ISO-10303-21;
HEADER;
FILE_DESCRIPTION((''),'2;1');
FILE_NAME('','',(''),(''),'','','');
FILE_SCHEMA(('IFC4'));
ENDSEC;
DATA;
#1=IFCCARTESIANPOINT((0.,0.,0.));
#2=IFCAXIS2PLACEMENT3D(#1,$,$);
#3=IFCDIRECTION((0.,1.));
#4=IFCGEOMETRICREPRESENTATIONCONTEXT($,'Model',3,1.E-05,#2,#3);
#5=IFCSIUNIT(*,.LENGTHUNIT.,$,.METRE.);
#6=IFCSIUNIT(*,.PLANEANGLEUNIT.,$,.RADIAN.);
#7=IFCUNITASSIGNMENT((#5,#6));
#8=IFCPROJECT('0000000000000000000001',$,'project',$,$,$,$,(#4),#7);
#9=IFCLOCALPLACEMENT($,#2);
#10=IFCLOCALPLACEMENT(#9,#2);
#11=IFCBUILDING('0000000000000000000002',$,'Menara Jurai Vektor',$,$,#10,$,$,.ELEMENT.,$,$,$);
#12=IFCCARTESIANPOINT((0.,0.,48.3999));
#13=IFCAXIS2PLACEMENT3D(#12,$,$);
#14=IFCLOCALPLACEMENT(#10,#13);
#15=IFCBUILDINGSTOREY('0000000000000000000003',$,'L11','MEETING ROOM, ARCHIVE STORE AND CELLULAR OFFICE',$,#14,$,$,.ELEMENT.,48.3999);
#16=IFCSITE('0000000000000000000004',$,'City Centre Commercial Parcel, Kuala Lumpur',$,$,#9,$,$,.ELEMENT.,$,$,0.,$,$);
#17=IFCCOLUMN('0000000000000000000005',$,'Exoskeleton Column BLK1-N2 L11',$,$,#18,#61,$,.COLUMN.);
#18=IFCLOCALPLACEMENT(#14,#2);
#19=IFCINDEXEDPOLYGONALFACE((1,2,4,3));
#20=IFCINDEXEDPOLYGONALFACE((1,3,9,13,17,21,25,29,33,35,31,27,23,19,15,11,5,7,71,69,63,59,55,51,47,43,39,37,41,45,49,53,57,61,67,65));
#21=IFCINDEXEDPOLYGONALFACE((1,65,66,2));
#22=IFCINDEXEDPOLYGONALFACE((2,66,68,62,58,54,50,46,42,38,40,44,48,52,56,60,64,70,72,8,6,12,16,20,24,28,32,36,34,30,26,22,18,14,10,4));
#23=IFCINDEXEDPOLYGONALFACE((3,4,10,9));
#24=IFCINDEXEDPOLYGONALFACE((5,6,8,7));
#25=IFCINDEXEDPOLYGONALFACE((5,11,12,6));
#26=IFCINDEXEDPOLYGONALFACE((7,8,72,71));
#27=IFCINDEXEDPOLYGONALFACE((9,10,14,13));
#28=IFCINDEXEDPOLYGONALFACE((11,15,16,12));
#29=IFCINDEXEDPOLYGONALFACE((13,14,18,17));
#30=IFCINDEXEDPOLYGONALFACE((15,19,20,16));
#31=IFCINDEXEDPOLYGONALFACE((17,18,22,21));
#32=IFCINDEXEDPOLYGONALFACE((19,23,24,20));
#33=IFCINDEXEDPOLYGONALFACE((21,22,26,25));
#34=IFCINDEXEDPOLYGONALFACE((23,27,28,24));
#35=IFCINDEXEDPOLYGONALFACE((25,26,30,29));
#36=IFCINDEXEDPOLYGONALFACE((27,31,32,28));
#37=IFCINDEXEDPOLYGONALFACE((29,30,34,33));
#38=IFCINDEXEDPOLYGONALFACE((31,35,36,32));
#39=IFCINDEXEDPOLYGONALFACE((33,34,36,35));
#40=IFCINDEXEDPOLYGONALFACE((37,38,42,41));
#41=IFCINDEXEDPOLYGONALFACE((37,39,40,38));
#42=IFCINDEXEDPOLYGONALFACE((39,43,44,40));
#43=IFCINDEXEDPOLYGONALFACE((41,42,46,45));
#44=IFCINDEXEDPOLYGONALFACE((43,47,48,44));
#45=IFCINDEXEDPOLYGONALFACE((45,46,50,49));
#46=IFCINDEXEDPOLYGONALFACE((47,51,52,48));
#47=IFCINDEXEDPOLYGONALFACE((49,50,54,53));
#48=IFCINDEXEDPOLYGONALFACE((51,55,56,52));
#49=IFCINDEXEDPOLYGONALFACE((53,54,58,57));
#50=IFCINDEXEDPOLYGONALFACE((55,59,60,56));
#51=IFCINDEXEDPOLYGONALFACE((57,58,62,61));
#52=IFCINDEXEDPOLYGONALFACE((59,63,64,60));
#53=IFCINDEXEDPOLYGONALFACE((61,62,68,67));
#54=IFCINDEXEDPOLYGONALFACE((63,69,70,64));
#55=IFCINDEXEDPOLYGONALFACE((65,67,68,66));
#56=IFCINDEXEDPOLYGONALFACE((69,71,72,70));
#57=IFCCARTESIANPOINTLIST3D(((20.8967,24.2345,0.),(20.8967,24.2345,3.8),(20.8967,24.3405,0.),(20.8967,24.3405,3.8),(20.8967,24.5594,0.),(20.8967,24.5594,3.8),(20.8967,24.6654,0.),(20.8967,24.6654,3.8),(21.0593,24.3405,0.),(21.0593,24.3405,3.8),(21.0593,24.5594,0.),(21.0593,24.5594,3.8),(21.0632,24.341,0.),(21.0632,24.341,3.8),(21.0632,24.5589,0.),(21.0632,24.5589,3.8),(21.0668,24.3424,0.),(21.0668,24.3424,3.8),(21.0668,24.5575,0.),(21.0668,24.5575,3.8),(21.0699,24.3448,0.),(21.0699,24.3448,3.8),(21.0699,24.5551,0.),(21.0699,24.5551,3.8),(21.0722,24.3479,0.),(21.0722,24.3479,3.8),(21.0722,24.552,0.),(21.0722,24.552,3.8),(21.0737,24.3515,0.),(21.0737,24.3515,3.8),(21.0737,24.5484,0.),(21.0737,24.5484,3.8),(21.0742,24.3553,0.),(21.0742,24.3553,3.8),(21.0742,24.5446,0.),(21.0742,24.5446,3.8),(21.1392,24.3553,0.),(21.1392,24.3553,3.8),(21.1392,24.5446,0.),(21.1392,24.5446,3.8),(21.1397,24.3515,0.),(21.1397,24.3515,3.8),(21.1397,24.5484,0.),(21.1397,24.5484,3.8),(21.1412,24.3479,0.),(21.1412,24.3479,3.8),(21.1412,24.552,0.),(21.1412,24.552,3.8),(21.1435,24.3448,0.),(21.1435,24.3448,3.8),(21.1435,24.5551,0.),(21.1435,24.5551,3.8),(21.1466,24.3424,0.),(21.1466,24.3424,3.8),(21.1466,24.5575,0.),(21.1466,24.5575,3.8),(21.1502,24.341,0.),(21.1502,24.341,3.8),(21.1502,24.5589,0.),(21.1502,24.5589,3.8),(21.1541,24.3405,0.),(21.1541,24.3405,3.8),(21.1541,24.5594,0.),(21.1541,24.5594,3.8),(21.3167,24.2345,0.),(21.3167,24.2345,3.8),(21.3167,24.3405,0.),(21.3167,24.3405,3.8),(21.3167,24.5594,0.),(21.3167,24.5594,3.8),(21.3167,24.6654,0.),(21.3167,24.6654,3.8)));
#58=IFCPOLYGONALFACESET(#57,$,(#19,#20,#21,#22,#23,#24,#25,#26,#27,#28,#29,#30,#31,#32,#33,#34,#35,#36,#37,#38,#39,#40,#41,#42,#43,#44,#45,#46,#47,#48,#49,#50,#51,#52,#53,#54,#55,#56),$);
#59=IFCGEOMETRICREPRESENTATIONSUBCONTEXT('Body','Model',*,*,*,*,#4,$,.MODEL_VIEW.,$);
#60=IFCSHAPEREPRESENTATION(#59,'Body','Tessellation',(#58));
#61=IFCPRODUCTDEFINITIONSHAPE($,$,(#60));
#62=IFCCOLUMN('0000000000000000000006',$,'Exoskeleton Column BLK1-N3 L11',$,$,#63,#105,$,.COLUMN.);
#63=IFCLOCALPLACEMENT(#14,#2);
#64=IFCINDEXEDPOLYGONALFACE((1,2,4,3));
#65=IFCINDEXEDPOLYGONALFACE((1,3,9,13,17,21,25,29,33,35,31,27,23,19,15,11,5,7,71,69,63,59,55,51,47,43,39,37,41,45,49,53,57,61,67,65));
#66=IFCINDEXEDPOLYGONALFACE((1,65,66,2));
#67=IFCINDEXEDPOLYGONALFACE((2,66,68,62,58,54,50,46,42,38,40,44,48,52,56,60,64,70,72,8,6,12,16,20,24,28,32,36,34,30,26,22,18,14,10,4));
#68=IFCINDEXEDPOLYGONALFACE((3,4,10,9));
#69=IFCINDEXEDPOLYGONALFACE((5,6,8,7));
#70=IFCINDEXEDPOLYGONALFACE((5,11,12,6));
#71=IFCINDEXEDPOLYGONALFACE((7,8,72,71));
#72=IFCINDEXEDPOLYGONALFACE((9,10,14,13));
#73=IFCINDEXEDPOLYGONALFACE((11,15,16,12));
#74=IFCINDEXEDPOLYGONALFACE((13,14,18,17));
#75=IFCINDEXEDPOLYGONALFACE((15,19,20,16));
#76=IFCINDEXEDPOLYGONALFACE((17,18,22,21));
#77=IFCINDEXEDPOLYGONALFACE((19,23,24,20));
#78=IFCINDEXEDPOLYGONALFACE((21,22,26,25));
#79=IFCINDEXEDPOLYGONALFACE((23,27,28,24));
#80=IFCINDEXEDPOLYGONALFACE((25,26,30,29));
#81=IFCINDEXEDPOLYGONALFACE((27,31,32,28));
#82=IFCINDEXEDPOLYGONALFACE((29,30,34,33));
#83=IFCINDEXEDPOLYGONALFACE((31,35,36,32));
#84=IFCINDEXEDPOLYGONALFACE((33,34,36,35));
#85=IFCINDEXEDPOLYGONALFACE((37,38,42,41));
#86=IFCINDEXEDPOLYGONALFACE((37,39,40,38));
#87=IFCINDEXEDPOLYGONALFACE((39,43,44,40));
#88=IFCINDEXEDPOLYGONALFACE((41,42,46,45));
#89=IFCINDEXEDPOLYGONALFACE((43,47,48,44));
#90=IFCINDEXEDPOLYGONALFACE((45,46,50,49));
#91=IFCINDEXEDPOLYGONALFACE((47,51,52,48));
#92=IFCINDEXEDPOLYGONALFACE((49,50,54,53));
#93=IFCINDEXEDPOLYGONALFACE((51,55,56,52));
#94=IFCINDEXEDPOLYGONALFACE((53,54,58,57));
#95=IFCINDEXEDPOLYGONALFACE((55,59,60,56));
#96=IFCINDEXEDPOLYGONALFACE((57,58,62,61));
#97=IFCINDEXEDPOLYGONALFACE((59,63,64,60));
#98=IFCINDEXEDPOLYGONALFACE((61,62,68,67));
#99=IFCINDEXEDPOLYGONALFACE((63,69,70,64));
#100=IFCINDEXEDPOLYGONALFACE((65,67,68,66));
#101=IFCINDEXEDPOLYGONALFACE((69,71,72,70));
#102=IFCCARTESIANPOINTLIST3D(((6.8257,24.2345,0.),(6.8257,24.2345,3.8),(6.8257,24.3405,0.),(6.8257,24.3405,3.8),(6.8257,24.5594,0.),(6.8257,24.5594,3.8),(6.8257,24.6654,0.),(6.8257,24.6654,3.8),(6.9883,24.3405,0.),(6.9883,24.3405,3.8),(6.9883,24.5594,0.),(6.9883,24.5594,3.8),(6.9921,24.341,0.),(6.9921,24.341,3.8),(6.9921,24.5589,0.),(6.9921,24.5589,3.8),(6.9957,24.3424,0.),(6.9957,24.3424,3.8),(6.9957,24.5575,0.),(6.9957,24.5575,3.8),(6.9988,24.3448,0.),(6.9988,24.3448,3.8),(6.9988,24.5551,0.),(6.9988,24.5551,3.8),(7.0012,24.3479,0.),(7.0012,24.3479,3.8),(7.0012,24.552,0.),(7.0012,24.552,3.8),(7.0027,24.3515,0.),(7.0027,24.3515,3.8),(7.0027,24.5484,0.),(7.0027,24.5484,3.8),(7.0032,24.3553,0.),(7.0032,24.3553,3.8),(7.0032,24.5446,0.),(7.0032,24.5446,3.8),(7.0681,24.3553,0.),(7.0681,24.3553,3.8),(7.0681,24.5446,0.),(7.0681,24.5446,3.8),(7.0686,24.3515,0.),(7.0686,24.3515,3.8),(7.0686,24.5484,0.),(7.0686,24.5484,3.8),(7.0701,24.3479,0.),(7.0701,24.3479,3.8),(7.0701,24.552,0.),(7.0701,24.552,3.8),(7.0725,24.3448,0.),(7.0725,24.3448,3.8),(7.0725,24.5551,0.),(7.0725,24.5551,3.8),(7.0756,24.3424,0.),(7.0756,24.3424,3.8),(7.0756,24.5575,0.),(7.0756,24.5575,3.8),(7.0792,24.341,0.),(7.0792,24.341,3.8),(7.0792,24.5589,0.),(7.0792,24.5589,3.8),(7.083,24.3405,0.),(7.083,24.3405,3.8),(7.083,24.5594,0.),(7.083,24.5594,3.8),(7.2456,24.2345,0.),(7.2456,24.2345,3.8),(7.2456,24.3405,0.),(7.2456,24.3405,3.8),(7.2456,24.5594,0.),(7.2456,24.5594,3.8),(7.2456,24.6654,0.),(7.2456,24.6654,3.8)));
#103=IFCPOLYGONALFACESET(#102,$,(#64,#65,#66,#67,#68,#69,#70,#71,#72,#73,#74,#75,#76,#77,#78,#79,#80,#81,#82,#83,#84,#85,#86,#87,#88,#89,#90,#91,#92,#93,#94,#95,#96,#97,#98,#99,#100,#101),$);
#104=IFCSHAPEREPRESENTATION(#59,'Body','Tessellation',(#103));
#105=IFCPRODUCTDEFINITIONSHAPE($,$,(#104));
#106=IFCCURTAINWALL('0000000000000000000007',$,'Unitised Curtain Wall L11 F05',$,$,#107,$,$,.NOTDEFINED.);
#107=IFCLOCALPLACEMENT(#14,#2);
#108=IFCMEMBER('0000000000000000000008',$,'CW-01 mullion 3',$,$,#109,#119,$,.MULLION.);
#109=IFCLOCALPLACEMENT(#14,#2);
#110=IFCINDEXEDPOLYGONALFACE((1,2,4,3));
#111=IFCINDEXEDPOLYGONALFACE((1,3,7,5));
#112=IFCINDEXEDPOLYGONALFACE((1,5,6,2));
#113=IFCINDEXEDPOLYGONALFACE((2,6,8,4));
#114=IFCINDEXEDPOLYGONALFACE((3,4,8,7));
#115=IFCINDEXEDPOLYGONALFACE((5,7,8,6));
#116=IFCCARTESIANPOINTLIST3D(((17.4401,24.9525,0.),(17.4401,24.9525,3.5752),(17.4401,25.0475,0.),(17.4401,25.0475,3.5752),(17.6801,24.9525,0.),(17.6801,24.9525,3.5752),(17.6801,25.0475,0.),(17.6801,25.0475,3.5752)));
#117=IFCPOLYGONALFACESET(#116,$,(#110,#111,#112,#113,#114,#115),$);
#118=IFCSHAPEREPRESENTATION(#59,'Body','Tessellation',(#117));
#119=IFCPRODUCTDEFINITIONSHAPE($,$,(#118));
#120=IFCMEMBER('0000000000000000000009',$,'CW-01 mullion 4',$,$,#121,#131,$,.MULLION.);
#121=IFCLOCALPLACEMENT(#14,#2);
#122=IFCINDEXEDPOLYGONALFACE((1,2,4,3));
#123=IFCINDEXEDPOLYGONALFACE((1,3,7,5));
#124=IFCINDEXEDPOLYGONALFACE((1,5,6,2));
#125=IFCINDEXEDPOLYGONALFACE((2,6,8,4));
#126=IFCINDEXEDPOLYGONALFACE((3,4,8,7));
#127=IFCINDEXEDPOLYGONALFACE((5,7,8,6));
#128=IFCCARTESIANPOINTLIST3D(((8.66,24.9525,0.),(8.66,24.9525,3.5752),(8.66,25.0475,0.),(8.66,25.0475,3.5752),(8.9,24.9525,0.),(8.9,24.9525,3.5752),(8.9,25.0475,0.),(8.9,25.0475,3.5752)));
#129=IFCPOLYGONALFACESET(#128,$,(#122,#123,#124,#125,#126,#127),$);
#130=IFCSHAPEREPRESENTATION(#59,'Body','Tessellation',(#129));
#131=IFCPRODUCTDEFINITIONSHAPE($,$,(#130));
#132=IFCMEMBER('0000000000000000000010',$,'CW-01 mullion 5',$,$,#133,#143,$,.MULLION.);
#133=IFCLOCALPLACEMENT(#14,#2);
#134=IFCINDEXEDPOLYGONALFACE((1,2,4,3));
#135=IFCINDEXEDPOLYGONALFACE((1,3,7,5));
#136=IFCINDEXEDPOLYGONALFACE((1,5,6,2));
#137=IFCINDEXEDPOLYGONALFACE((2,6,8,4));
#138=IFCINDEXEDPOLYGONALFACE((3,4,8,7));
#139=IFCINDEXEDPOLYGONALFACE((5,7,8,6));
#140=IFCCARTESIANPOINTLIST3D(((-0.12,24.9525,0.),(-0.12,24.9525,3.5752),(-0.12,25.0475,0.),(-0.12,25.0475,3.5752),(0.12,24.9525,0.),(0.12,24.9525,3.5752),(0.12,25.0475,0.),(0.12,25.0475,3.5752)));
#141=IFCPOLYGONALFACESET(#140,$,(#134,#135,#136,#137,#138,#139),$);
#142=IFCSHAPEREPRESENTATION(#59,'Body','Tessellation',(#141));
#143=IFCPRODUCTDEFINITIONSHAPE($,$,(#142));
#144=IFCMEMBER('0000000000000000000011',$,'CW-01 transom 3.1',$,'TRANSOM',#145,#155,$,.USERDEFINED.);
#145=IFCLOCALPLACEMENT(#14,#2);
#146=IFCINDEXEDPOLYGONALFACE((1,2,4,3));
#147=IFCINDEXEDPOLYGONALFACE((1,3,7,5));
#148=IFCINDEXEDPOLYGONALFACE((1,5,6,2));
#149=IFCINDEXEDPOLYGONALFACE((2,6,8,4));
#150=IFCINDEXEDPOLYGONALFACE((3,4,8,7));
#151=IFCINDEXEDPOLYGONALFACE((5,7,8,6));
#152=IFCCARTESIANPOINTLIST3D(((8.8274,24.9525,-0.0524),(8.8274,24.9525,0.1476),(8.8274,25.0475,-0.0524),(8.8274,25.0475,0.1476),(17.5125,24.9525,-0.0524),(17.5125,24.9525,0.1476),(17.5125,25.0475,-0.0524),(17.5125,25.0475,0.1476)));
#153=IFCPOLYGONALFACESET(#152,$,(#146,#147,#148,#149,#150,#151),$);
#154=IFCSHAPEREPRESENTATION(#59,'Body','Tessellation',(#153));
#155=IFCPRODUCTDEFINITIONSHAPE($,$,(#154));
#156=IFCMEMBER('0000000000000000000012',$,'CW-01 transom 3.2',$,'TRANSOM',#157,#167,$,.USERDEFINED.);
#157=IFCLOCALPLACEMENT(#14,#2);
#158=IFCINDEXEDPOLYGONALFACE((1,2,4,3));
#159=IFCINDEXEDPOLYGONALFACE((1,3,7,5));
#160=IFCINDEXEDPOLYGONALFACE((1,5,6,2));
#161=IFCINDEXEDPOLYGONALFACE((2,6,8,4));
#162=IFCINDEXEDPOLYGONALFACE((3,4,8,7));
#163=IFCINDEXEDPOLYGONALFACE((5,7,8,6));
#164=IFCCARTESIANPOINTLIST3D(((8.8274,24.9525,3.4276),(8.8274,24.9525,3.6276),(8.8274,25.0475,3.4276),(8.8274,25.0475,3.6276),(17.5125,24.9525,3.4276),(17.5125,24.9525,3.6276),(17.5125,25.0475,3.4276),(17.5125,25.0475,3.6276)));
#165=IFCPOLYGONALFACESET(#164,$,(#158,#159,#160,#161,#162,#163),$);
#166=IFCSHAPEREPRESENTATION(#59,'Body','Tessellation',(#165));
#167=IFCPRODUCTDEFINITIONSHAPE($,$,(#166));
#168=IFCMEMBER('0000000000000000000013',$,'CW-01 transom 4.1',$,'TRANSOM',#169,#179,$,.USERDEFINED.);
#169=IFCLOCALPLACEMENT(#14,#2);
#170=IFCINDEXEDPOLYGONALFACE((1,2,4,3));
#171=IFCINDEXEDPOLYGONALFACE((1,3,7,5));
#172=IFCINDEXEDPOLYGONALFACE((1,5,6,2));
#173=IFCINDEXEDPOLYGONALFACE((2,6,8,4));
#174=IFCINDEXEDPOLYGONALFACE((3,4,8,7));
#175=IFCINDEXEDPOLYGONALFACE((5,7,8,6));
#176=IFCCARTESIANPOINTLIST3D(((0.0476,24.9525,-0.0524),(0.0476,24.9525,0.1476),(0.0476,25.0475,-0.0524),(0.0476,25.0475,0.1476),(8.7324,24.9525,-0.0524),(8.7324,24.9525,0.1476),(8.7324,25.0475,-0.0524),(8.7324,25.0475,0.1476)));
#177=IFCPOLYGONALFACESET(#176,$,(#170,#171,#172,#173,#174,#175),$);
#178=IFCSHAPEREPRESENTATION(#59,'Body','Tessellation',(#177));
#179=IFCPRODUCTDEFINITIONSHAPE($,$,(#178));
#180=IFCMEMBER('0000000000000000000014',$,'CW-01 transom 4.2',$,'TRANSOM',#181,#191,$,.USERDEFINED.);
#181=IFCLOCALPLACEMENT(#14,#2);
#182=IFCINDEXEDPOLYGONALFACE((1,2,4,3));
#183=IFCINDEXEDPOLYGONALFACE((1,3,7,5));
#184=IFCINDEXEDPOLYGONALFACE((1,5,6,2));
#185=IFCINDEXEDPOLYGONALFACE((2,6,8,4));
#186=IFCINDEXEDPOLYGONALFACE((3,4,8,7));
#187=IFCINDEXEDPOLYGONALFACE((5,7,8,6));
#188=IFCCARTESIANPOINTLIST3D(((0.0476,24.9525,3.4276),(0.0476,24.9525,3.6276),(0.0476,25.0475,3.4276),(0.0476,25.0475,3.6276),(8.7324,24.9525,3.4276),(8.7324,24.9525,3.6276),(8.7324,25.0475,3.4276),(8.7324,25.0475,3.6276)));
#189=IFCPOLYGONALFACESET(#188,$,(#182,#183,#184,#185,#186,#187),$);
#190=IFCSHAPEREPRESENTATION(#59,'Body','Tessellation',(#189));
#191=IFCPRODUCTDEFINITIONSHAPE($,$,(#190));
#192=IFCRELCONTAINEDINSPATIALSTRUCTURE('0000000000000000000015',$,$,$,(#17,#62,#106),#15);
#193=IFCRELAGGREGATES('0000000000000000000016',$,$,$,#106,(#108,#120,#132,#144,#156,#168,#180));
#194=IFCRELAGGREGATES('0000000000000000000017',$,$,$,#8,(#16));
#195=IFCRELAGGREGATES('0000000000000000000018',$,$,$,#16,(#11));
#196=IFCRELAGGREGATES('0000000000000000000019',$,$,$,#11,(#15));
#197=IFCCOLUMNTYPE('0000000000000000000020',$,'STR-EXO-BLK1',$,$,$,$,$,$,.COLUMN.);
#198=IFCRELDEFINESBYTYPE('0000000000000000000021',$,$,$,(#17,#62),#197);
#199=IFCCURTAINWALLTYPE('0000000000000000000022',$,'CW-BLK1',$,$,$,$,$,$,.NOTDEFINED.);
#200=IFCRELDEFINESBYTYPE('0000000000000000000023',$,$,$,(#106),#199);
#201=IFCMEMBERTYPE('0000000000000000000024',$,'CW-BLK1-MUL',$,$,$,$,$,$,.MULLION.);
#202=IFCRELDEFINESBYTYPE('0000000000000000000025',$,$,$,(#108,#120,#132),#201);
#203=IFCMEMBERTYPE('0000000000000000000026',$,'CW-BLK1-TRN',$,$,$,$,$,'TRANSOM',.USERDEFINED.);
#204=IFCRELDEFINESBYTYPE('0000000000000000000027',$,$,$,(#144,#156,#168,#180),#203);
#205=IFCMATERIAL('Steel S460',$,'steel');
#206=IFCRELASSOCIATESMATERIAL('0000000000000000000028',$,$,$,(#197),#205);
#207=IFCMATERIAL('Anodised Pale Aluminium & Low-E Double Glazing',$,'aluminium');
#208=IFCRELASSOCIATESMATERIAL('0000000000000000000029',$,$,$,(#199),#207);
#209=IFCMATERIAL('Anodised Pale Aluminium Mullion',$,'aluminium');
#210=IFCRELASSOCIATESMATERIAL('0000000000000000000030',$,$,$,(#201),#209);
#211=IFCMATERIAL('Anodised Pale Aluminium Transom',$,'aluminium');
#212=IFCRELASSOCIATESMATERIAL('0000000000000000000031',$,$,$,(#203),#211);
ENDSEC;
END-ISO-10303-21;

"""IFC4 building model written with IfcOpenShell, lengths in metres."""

from ifc_helpers import new_model, si_unit, direction, frame, origin, origin_2d, place, context, subcontext, project, spatial, rectangle, i_section, extrude, material, material_profile, profile_set, type_object, element, aggregate, save


model = new_model("IFC4")

# Units and contexts
model_context = context("Model", 3, precision=1e-05, world=origin(), true_north=direction((0.0, 1.0)))
body_context = subcontext(model_context, "Body", "Model", "MODEL_VIEW")
ifc_project = project(units=[si_unit("LENGTHUNIT", "METRE"), si_unit("PLANEANGLEUNIT", "RADIAN")], contexts=[model_context])

# Site, building, storey
site_placement = place(None, origin())
site = spatial("IfcSite", under=ifc_project, at=site_placement, Name="City Centre Commercial Parcel, Kuala Lumpur", CompositionType="ELEMENT", RefElevation=0.0)
building_placement = place(site_placement, origin())
building = spatial("IfcBuilding", under=site, at=building_placement, Name="Menara Jurai Vektor", CompositionType="ELEMENT")
storey_placement = place(building_placement, frame((0.0, 0.0, 48.3999)))
storey = spatial("IfcBuildingStorey", under=building, at=storey_placement, Name="L11", Description="MEETING ROOM, ARCHIVE STORE AND CELLULAR OFFICE", CompositionType="ELEMENT", Elevation=48.3999)

# Columns
ifc_material_1 = material(Name="Steel S460", Category="steel")
ifc_material_profile_1 = material_profile(ifc_material_1, i_section(OverallWidth=0.4199, OverallDepth=0.4309, WebThickness=0.0649, FlangeThickness=0.106, FilletRadius=0.0149, at=origin_2d()), Name="HD 400x900")
ifc_profile_set_1 = profile_set([ifc_material_profile_1], Name="Steel S460")
column_type = type_object("IfcColumnType", Name="STR-EXO-BLK1", PredefinedType="COLUMN", material=ifc_profile_set_1)
for number, where, z_axis, x_axis, name in (
    (1, (21.1067, 24.45, 0.0), (0.0, 0.0, 1.0), (1.0, 0.0, 0.0), "Exoskeleton Column BLK1-N2 L11"),
    (2, (7.0356, 24.45, 0.0), (0.0, 0.0, 1.0), (1.0, 0.0, 0.0), "Exoskeleton Column BLK1-N3 L11"),
):
    element("IfcColumn", number, at=place(storey_placement, frame(where, z_axis=z_axis, x_axis=x_axis)), inside=storey, type_object=column_type, Name=name, PredefinedType="COLUMN", context=body_context, shape_type="SweptSolid", body=[
        extrude(i_section(OverallWidth=0.4199, OverallDepth=0.4309, WebThickness=0.0649, FlangeThickness=0.106, FilletRadius=0.0149, at=origin_2d()), origin(), (0.0, 0.0, 1.0), 3.8),
    ])

# Curtain wall, members
ifc_material_2 = material(Name="Anodised Pale Aluminium & Low-E Double Glazing", Category="aluminium")
curtain_wall_type = type_object("IfcCurtainWallType", Name="CW-BLK1", PredefinedType="NOTDEFINED", material=ifc_material_2)
curtain_wall_placement = place(storey_placement, origin())
curtain_wall = element("IfcCurtainWall", 3, at=curtain_wall_placement, inside=storey, type_object=curtain_wall_type, Name="Unitised Curtain Wall L11 F05", PredefinedType="NOTDEFINED")
ifc_material_3 = material(Name="Anodised Pale Aluminium Mullion", Category="aluminium")
ifc_material_profile_2 = material_profile(ifc_material_3, rectangle(XDim=0.095, YDim=0.24, at=origin_2d()), Name="ALU MUL 95x240")
ifc_profile_set_2 = profile_set([ifc_material_profile_2], Name="Anodised Pale Aluminium Mullion")
member_type_1 = type_object("IfcMemberType", Name="CW-BLK1-MUL", PredefinedType="MULLION", material=ifc_profile_set_2)
member_1_placement = place(storey_placement, frame((17.5601, 25.0, 0.0), z_axis=(0.0, 0.0, 1.0), x_axis=(0.0, -1.0, 0.0)))
member_1 = element("IfcMember", 4, at=member_1_placement, type_object=member_type_1, Name="CW-01 mullion 3", PredefinedType="MULLION", context=body_context, shape_type="SweptSolid", body=[
    extrude(rectangle(XDim=0.095, YDim=0.24, at=origin_2d()), origin(), (0.0, 0.0, 1.0), 3.5752),
])
member_2_placement = place(storey_placement, frame((8.78, 25.0, 0.0), z_axis=(0.0, 0.0, 1.0), x_axis=(0.0, -1.0, 0.0)))
member_2 = element("IfcMember", 5, at=member_2_placement, type_object=member_type_1, Name="CW-01 mullion 4", PredefinedType="MULLION", context=body_context, shape_type="SweptSolid", body=[
    extrude(rectangle(XDim=0.095, YDim=0.24, at=origin_2d()), origin(), (0.0, 0.0, 1.0), 3.5752),
])
member_3_placement = place(storey_placement, frame((0.0, 25.0, 0.0), z_axis=(0.0, 0.0, 1.0), x_axis=(0.0, -1.0, 0.0)))
member_3 = element("IfcMember", 6, at=member_3_placement, type_object=member_type_1, Name="CW-01 mullion 5", PredefinedType="MULLION", context=body_context, shape_type="SweptSolid", body=[
    extrude(rectangle(XDim=0.095, YDim=0.24, at=origin_2d()), origin(), (0.0, 0.0, 1.0), 3.5752),
])
ifc_material_4 = material(Name="Anodised Pale Aluminium Transom", Category="aluminium")
ifc_material_profile_3 = material_profile(ifc_material_4, rectangle(XDim=0.095, YDim=0.2, at=origin_2d()), Name="ALU TRN 95x200")
ifc_profile_set_3 = profile_set([ifc_material_profile_3], Name="Anodised Pale Aluminium Transom")
member_type_2 = type_object("IfcMemberType", Name="CW-BLK1-TRN", ElementType="TRANSOM", PredefinedType="USERDEFINED", material=ifc_profile_set_3)
member_4_placement = place(storey_placement, frame((17.5125, 25.0, 0.0476), z_axis=(-1.0, 0.0, 0.0), x_axis=(0.0, -1.0, 0.0)))
member_4 = element("IfcMember", 7, at=member_4_placement, type_object=member_type_2, Name="CW-01 transom 3.1", ObjectType="TRANSOM", PredefinedType="USERDEFINED", context=body_context, shape_type="SweptSolid", body=[
    extrude(rectangle(XDim=0.095, YDim=0.2, at=origin_2d()), origin(), (0.0, 0.0, 1.0), 8.6851),
])
member_5_placement = place(storey_placement, frame((17.5125, 25.0, 3.5276), z_axis=(-1.0, 0.0, 0.0), x_axis=(0.0, -1.0, 0.0)))
member_5 = element("IfcMember", 8, at=member_5_placement, type_object=member_type_2, Name="CW-01 transom 3.2", ObjectType="TRANSOM", PredefinedType="USERDEFINED", context=body_context, shape_type="SweptSolid", body=[
    extrude(rectangle(XDim=0.095, YDim=0.2, at=origin_2d()), origin(), (0.0, 0.0, 1.0), 8.6851),
])
member_6_placement = place(storey_placement, frame((8.7324, 25.0, 0.0476), z_axis=(-1.0, 0.0, 0.0), x_axis=(0.0, -1.0, 0.0)))
member_6 = element("IfcMember", 9, at=member_6_placement, type_object=member_type_2, Name="CW-01 transom 4.1", ObjectType="TRANSOM", PredefinedType="USERDEFINED", context=body_context, shape_type="SweptSolid", body=[
    extrude(rectangle(XDim=0.095, YDim=0.2, at=origin_2d()), origin(), (0.0, 0.0, 1.0), 8.6848),
])
member_7_placement = place(storey_placement, frame((8.7324, 25.0, 3.5276), z_axis=(-1.0, 0.0, 0.0), x_axis=(0.0, -1.0, 0.0)))
member_7 = element("IfcMember", 10, at=member_7_placement, type_object=member_type_2, Name="CW-01 transom 4.2", ObjectType="TRANSOM", PredefinedType="USERDEFINED", context=body_context, shape_type="SweptSolid", body=[
    extrude(rectangle(XDim=0.095, YDim=0.2, at=origin_2d()), origin(), (0.0, 0.0, 1.0), 8.6848),
])

aggregate(curtain_wall, [member_1, member_2, member_3, member_4, member_5, member_6, member_7])

save(model, "model.ifc")
